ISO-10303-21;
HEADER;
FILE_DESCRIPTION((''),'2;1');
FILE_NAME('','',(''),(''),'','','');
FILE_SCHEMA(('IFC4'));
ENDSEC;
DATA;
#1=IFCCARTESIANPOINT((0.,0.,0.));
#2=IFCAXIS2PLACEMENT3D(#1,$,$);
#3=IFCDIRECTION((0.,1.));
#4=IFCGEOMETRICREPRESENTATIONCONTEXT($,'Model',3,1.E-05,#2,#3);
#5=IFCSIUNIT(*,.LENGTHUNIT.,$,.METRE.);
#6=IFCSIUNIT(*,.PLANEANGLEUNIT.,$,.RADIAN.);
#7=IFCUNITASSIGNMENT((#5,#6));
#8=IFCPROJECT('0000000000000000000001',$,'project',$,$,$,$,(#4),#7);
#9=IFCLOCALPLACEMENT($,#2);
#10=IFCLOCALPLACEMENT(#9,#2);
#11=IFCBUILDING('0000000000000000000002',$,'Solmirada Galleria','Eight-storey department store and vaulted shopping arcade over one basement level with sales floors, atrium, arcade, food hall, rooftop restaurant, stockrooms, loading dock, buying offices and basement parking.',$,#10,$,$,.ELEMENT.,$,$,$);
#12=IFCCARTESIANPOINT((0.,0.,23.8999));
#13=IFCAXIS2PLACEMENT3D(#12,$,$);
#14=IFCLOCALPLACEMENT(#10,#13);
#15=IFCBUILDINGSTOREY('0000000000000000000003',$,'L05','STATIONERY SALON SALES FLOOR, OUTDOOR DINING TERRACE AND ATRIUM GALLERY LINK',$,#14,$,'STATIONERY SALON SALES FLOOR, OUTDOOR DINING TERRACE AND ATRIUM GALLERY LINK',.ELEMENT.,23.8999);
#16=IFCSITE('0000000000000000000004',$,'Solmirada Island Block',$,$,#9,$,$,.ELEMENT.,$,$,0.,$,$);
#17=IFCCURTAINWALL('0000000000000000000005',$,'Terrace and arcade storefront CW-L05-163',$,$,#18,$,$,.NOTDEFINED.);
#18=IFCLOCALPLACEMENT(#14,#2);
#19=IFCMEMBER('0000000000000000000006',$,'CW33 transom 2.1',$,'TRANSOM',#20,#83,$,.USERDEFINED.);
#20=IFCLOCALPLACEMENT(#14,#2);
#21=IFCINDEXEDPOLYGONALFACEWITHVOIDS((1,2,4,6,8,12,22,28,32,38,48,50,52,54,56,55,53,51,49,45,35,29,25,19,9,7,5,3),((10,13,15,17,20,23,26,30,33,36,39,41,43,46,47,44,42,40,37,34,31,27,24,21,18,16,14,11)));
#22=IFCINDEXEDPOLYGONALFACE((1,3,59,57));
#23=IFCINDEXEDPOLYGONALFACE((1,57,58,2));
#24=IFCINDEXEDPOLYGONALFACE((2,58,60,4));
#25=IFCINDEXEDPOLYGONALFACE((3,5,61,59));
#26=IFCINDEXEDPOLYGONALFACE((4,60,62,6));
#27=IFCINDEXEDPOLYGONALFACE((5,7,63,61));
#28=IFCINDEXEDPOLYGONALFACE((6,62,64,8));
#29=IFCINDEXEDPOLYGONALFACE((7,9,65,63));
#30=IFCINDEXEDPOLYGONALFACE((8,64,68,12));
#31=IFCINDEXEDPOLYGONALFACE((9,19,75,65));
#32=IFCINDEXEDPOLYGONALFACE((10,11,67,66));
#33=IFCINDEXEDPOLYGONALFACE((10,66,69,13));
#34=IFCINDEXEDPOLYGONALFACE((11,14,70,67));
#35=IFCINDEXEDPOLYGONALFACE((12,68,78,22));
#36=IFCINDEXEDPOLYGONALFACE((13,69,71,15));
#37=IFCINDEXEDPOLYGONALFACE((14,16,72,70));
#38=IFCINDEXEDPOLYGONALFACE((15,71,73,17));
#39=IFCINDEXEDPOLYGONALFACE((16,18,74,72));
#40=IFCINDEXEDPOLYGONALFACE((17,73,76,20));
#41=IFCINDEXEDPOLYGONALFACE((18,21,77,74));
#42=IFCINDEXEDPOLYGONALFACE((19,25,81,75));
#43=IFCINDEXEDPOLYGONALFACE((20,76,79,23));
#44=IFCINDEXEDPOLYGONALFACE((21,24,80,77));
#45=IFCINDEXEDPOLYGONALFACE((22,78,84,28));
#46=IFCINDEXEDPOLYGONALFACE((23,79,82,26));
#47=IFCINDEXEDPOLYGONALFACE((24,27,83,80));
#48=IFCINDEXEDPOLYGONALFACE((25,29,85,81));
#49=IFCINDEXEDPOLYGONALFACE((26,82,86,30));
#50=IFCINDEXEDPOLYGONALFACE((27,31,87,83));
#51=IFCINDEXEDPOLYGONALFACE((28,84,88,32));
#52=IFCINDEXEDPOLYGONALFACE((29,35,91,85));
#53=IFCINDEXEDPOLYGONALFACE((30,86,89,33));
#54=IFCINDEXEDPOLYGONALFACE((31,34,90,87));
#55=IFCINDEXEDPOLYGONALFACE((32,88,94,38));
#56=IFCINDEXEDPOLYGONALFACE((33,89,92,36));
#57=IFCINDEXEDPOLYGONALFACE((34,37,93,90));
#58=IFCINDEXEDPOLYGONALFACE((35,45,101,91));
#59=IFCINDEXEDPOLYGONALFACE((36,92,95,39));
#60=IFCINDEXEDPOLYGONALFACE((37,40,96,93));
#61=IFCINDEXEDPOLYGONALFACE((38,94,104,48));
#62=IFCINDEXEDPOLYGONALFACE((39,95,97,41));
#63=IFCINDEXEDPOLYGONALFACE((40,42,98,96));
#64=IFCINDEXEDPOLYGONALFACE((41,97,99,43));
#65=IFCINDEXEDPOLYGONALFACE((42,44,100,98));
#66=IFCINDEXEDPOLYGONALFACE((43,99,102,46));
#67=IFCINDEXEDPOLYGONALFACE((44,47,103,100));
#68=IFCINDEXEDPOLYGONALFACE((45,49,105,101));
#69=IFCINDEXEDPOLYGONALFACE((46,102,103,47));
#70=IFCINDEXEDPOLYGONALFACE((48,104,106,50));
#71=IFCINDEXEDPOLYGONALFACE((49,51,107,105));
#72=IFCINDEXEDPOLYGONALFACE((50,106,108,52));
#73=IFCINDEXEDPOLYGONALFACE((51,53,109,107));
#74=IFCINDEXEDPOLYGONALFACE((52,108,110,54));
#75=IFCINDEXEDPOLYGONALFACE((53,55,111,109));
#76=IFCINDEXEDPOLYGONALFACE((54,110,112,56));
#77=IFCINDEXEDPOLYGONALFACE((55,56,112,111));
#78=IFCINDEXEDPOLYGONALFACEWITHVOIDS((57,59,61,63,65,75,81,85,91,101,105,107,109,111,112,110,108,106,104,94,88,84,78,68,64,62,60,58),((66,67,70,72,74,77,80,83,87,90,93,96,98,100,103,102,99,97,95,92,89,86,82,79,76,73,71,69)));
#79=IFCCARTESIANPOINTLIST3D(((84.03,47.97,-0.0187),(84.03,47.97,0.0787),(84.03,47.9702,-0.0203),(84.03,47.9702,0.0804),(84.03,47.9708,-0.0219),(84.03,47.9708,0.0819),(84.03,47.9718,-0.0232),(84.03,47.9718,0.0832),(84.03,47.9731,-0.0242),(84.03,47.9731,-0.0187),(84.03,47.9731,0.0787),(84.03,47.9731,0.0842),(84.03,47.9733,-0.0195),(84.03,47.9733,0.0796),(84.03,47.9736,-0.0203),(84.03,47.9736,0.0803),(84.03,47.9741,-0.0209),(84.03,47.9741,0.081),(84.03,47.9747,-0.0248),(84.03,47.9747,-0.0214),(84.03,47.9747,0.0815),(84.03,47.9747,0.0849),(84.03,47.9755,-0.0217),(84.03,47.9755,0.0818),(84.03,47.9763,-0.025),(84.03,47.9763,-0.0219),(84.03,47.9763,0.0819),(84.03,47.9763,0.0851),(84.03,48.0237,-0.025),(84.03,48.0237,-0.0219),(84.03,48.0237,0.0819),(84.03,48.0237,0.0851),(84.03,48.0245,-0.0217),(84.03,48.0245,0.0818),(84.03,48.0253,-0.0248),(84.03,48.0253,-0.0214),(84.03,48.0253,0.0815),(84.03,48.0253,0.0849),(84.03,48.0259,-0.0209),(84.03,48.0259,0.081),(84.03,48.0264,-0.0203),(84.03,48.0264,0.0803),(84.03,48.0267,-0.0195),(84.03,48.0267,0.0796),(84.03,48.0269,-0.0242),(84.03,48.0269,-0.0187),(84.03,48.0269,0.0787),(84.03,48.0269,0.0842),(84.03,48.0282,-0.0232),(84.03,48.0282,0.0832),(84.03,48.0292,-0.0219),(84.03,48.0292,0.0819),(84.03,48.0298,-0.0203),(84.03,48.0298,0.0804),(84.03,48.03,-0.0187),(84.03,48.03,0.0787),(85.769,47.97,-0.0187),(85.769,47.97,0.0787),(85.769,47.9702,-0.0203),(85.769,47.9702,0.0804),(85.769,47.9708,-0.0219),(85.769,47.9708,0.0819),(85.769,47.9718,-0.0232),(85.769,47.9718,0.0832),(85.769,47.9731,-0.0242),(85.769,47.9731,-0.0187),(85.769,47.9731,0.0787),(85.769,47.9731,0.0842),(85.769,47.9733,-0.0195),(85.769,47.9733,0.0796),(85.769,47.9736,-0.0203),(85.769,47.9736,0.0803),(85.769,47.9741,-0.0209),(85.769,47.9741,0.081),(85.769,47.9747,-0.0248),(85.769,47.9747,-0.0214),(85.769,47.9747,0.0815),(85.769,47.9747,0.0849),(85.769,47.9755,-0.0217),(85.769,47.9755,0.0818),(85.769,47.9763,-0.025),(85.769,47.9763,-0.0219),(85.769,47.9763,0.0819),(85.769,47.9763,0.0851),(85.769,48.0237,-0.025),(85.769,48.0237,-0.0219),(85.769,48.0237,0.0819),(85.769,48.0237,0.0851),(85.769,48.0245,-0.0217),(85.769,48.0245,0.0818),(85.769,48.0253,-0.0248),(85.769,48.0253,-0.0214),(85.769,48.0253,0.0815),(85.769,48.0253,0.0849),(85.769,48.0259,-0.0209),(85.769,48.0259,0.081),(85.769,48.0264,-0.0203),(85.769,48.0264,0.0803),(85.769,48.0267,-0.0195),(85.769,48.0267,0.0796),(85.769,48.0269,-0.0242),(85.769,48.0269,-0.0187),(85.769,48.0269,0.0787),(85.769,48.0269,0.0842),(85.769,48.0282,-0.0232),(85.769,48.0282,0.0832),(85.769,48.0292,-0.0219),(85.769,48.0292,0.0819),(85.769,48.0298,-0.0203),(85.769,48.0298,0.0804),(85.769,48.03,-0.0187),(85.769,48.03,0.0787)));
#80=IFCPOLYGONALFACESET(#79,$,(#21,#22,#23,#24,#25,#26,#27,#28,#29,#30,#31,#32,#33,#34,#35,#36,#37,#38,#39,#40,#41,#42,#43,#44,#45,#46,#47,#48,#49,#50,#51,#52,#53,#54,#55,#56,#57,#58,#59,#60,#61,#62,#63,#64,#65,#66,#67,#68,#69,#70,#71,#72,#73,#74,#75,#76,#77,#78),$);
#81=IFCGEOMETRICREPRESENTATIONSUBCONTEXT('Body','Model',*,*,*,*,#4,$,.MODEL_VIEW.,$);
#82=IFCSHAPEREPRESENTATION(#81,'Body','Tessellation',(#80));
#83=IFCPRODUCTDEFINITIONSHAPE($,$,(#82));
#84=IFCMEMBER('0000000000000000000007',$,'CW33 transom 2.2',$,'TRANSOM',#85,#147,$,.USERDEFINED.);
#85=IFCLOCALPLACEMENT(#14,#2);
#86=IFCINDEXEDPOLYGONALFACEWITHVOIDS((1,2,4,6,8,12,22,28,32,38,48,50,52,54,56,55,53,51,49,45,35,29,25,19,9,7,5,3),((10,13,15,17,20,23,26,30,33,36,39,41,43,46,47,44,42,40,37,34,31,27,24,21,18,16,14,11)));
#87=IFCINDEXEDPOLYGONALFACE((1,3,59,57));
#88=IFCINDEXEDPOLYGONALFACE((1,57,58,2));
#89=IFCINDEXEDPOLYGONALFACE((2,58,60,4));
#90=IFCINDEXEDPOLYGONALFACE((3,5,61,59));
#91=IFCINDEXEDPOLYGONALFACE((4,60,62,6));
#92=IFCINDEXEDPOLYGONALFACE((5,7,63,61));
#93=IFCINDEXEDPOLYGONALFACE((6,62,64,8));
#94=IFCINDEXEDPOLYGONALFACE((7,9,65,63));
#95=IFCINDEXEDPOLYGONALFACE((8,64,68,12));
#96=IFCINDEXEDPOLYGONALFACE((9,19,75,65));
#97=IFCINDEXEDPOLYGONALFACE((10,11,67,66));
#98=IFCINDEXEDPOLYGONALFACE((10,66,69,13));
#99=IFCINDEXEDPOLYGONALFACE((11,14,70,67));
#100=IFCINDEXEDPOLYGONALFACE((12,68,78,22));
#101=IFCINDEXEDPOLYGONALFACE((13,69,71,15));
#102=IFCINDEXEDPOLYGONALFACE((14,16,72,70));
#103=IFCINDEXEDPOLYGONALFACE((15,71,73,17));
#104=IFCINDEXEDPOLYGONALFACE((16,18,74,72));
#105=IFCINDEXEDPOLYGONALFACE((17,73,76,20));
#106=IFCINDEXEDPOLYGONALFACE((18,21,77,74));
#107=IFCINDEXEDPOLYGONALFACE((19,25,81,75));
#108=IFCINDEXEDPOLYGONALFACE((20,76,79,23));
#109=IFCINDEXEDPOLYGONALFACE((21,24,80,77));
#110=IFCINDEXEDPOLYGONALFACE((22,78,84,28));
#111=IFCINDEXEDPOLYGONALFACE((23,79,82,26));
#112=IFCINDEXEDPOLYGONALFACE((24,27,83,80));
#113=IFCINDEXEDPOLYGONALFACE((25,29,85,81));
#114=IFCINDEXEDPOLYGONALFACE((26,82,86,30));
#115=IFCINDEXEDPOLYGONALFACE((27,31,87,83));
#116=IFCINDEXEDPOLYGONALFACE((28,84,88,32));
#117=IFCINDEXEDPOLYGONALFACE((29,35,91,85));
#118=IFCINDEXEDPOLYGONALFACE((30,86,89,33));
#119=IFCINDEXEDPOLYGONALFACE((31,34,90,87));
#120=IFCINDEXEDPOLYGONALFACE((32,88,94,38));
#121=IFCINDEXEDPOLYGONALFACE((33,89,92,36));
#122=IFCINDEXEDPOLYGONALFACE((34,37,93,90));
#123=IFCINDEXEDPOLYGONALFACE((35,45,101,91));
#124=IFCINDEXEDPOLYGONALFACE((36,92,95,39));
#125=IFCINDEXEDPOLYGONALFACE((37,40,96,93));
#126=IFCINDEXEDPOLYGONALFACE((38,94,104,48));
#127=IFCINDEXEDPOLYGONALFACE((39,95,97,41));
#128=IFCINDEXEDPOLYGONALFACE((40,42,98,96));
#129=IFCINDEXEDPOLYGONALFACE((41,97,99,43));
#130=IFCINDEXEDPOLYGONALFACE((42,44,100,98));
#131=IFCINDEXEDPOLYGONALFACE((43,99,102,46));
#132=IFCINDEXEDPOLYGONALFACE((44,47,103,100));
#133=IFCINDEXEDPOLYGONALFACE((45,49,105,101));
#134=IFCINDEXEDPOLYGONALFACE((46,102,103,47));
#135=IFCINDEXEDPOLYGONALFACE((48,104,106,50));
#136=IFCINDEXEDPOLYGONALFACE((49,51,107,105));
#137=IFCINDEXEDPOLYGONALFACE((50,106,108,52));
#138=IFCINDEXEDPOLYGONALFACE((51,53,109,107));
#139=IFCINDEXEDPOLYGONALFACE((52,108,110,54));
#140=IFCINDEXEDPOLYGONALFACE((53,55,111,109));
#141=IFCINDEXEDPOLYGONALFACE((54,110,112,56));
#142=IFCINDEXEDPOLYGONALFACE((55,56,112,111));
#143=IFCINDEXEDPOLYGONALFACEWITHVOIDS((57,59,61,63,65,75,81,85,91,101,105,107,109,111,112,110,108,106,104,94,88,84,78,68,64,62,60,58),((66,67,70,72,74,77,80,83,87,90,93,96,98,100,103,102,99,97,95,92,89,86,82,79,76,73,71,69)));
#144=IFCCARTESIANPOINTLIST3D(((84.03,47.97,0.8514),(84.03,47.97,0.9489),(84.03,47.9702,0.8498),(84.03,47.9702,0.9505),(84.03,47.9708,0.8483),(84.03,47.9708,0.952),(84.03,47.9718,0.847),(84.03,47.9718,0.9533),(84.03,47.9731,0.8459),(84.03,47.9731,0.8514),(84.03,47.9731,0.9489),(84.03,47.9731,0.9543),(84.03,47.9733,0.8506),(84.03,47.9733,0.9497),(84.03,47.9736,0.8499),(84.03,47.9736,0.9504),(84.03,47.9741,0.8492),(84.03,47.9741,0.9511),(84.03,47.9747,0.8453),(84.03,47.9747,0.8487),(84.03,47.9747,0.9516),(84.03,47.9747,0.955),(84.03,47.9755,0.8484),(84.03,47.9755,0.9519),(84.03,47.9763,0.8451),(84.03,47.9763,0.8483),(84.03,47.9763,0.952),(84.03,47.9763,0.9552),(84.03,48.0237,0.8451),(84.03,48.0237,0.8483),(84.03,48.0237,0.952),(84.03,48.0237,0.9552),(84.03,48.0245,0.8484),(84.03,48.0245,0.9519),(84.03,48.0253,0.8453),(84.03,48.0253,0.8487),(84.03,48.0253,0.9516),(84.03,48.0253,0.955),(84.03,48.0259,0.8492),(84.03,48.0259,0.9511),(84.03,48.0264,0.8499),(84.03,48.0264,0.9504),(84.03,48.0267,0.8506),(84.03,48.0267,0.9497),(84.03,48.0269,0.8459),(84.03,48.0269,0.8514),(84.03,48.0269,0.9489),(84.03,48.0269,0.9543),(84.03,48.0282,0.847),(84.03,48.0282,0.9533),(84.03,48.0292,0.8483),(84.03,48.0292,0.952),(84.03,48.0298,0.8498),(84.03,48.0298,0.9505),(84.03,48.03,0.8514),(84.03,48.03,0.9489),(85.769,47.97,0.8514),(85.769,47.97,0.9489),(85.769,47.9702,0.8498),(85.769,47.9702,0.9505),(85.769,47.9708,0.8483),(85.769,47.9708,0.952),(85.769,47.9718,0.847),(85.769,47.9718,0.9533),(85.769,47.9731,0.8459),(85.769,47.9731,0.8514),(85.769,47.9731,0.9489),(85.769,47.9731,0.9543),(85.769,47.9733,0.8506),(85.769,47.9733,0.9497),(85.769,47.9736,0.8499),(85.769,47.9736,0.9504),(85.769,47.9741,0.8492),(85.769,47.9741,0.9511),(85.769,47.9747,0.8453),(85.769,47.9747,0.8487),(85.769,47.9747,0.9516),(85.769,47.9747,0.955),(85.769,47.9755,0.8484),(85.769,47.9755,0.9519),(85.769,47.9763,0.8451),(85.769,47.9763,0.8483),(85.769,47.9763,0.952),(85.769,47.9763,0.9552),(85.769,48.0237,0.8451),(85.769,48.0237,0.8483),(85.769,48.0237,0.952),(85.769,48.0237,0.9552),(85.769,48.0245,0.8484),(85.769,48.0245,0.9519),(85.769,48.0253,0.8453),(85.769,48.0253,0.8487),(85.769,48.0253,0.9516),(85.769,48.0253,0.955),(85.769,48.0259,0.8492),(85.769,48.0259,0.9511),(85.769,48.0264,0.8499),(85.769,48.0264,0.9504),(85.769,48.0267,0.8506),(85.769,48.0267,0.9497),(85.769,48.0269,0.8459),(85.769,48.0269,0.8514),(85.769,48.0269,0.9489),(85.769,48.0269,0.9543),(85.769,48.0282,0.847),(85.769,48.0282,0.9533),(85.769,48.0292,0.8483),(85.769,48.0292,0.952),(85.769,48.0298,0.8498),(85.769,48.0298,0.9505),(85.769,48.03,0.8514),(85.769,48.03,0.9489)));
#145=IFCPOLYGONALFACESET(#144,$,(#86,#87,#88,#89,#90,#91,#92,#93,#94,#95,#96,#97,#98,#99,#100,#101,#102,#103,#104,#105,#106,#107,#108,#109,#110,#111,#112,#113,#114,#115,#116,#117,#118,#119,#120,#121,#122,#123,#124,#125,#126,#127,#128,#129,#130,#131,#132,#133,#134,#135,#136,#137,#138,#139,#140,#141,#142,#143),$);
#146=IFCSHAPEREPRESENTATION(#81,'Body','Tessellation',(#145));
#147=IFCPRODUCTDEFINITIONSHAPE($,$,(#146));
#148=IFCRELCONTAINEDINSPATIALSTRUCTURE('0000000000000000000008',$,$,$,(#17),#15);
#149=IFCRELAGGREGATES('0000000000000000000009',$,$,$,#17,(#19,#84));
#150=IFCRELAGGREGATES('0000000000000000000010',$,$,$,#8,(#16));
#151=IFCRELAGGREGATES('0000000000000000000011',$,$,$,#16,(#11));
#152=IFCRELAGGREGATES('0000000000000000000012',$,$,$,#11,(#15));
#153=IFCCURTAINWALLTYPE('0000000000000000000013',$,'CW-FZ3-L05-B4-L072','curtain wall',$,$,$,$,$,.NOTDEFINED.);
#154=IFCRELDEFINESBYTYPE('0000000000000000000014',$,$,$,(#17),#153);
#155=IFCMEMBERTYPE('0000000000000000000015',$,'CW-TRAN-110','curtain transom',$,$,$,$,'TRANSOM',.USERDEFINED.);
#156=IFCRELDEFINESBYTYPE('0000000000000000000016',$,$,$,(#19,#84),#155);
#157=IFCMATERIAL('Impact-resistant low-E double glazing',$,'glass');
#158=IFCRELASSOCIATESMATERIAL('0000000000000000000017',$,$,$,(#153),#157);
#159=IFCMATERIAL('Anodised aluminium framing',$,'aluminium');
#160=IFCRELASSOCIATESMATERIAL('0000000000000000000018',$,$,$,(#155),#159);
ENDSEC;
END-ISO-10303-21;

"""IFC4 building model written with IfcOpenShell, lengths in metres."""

from ifc_helpers import new_model, si_unit, direction, frame, origin, origin_2d, place, context, subcontext, project, spatial, hollow_rectangle, extrude, material, material_profile, profile_set, type_object, element, aggregate, save


model = new_model("IFC4")

# Units and contexts
model_context = context("Model", 3, precision=1e-05, world=origin(), true_north=direction((0.0, 1.0)))
body_context = subcontext(model_context, "Body", "Model", "MODEL_VIEW")
ifc_project = project(units=[si_unit("LENGTHUNIT", "METRE"), si_unit("PLANEANGLEUNIT", "RADIAN")], contexts=[model_context])

# Site, building, storey
site_placement = place(None, origin())
site = spatial("IfcSite", under=ifc_project, at=site_placement, Name="Solmirada Island Block", CompositionType="ELEMENT", RefElevation=0.0)
building_placement = place(site_placement, origin())
building = spatial("IfcBuilding", under=site, at=building_placement, Name="Solmirada Galleria", Description="Eight-storey department store and vaulted shopping arcade over one basement level with sales floors, atrium, arcade, food hall, rooftop restaurant, stockrooms, loading dock, buying offices and basement parking.", CompositionType="ELEMENT")
storey_placement = place(building_placement, frame((0.0, 0.0, 23.8999)))
storey = spatial("IfcBuildingStorey", under=building, at=storey_placement, Name="L05", Description="STATIONERY SALON SALES FLOOR, OUTDOOR DINING TERRACE AND ATRIUM GALLERY LINK", LongName="STATIONERY SALON SALES FLOOR, OUTDOOR DINING TERRACE AND ATRIUM GALLERY LINK", CompositionType="ELEMENT", Elevation=23.8999)

# Curtain wall, members
ifc_material_1 = material(Name="Impact-resistant low-E double glazing", Category="glass")
curtain_wall_type = type_object("IfcCurtainWallType", Name="CW-FZ3-L05-B4-L072", Description="curtain wall", PredefinedType="NOTDEFINED", material=ifc_material_1)
curtain_wall_placement = place(storey_placement, origin())
curtain_wall = element("IfcCurtainWall", 1, at=curtain_wall_placement, inside=storey, type_object=curtain_wall_type, Name="Terrace and arcade storefront CW-L05-163", PredefinedType="NOTDEFINED")
ifc_material_2 = material(Name="Anodised aluminium framing", Category="aluminium")
ifc_material_profile_1 = material_profile(ifc_material_2, hollow_rectangle(XDim=0.0601, YDim=0.1101, WallThickness=0.0032, InnerFilletRadius=0.0032, OuterFilletRadius=0.0063, at=origin_2d()), Name="ALU-TRAN-110X60")
ifc_profile_set_1 = profile_set([ifc_material_profile_1], Name="Anodised aluminium framing")
member_type_1 = type_object("IfcMemberType", Name="CW-TRAN-110", Description="curtain transom", ElementType="TRANSOM", PredefinedType="USERDEFINED", material=ifc_profile_set_1)
member_1_placement = place(storey_placement, frame((85.769, 48.0, 0.03), z_axis=(-1.0, 0.0, 0.0), x_axis=(0.0, -1.0, 0.0)))
member_1 = element("IfcMember", 2, at=member_1_placement, type_object=member_type_1, Name="CW33 transom 2.1", ObjectType="TRANSOM", PredefinedType="USERDEFINED", context=body_context, shape_type="SweptSolid", body=[
    extrude(hollow_rectangle(XDim=0.0601, YDim=0.1101, WallThickness=0.0032, InnerFilletRadius=0.0032, OuterFilletRadius=0.0063, at=origin_2d()), origin(), (0.0, 0.0, 1.0), 1.739),
])
member_2_placement = place(storey_placement, frame((85.769, 48.0, 0.9001), z_axis=(-1.0, 0.0, 0.0), x_axis=(0.0, -1.0, 0.0)))
member_2 = element("IfcMember", 3, at=member_2_placement, type_object=member_type_1, Name="CW33 transom 2.2", ObjectType="TRANSOM", PredefinedType="USERDEFINED", context=body_context, shape_type="SweptSolid", body=[
    extrude(hollow_rectangle(XDim=0.0601, YDim=0.1101, WallThickness=0.0032, InnerFilletRadius=0.0032, OuterFilletRadius=0.0063, at=origin_2d()), origin(), (0.0, 0.0, 1.0), 1.739),
])
aggregate(curtain_wall, [member_1, member_2])

save(model, "model.ifc")
